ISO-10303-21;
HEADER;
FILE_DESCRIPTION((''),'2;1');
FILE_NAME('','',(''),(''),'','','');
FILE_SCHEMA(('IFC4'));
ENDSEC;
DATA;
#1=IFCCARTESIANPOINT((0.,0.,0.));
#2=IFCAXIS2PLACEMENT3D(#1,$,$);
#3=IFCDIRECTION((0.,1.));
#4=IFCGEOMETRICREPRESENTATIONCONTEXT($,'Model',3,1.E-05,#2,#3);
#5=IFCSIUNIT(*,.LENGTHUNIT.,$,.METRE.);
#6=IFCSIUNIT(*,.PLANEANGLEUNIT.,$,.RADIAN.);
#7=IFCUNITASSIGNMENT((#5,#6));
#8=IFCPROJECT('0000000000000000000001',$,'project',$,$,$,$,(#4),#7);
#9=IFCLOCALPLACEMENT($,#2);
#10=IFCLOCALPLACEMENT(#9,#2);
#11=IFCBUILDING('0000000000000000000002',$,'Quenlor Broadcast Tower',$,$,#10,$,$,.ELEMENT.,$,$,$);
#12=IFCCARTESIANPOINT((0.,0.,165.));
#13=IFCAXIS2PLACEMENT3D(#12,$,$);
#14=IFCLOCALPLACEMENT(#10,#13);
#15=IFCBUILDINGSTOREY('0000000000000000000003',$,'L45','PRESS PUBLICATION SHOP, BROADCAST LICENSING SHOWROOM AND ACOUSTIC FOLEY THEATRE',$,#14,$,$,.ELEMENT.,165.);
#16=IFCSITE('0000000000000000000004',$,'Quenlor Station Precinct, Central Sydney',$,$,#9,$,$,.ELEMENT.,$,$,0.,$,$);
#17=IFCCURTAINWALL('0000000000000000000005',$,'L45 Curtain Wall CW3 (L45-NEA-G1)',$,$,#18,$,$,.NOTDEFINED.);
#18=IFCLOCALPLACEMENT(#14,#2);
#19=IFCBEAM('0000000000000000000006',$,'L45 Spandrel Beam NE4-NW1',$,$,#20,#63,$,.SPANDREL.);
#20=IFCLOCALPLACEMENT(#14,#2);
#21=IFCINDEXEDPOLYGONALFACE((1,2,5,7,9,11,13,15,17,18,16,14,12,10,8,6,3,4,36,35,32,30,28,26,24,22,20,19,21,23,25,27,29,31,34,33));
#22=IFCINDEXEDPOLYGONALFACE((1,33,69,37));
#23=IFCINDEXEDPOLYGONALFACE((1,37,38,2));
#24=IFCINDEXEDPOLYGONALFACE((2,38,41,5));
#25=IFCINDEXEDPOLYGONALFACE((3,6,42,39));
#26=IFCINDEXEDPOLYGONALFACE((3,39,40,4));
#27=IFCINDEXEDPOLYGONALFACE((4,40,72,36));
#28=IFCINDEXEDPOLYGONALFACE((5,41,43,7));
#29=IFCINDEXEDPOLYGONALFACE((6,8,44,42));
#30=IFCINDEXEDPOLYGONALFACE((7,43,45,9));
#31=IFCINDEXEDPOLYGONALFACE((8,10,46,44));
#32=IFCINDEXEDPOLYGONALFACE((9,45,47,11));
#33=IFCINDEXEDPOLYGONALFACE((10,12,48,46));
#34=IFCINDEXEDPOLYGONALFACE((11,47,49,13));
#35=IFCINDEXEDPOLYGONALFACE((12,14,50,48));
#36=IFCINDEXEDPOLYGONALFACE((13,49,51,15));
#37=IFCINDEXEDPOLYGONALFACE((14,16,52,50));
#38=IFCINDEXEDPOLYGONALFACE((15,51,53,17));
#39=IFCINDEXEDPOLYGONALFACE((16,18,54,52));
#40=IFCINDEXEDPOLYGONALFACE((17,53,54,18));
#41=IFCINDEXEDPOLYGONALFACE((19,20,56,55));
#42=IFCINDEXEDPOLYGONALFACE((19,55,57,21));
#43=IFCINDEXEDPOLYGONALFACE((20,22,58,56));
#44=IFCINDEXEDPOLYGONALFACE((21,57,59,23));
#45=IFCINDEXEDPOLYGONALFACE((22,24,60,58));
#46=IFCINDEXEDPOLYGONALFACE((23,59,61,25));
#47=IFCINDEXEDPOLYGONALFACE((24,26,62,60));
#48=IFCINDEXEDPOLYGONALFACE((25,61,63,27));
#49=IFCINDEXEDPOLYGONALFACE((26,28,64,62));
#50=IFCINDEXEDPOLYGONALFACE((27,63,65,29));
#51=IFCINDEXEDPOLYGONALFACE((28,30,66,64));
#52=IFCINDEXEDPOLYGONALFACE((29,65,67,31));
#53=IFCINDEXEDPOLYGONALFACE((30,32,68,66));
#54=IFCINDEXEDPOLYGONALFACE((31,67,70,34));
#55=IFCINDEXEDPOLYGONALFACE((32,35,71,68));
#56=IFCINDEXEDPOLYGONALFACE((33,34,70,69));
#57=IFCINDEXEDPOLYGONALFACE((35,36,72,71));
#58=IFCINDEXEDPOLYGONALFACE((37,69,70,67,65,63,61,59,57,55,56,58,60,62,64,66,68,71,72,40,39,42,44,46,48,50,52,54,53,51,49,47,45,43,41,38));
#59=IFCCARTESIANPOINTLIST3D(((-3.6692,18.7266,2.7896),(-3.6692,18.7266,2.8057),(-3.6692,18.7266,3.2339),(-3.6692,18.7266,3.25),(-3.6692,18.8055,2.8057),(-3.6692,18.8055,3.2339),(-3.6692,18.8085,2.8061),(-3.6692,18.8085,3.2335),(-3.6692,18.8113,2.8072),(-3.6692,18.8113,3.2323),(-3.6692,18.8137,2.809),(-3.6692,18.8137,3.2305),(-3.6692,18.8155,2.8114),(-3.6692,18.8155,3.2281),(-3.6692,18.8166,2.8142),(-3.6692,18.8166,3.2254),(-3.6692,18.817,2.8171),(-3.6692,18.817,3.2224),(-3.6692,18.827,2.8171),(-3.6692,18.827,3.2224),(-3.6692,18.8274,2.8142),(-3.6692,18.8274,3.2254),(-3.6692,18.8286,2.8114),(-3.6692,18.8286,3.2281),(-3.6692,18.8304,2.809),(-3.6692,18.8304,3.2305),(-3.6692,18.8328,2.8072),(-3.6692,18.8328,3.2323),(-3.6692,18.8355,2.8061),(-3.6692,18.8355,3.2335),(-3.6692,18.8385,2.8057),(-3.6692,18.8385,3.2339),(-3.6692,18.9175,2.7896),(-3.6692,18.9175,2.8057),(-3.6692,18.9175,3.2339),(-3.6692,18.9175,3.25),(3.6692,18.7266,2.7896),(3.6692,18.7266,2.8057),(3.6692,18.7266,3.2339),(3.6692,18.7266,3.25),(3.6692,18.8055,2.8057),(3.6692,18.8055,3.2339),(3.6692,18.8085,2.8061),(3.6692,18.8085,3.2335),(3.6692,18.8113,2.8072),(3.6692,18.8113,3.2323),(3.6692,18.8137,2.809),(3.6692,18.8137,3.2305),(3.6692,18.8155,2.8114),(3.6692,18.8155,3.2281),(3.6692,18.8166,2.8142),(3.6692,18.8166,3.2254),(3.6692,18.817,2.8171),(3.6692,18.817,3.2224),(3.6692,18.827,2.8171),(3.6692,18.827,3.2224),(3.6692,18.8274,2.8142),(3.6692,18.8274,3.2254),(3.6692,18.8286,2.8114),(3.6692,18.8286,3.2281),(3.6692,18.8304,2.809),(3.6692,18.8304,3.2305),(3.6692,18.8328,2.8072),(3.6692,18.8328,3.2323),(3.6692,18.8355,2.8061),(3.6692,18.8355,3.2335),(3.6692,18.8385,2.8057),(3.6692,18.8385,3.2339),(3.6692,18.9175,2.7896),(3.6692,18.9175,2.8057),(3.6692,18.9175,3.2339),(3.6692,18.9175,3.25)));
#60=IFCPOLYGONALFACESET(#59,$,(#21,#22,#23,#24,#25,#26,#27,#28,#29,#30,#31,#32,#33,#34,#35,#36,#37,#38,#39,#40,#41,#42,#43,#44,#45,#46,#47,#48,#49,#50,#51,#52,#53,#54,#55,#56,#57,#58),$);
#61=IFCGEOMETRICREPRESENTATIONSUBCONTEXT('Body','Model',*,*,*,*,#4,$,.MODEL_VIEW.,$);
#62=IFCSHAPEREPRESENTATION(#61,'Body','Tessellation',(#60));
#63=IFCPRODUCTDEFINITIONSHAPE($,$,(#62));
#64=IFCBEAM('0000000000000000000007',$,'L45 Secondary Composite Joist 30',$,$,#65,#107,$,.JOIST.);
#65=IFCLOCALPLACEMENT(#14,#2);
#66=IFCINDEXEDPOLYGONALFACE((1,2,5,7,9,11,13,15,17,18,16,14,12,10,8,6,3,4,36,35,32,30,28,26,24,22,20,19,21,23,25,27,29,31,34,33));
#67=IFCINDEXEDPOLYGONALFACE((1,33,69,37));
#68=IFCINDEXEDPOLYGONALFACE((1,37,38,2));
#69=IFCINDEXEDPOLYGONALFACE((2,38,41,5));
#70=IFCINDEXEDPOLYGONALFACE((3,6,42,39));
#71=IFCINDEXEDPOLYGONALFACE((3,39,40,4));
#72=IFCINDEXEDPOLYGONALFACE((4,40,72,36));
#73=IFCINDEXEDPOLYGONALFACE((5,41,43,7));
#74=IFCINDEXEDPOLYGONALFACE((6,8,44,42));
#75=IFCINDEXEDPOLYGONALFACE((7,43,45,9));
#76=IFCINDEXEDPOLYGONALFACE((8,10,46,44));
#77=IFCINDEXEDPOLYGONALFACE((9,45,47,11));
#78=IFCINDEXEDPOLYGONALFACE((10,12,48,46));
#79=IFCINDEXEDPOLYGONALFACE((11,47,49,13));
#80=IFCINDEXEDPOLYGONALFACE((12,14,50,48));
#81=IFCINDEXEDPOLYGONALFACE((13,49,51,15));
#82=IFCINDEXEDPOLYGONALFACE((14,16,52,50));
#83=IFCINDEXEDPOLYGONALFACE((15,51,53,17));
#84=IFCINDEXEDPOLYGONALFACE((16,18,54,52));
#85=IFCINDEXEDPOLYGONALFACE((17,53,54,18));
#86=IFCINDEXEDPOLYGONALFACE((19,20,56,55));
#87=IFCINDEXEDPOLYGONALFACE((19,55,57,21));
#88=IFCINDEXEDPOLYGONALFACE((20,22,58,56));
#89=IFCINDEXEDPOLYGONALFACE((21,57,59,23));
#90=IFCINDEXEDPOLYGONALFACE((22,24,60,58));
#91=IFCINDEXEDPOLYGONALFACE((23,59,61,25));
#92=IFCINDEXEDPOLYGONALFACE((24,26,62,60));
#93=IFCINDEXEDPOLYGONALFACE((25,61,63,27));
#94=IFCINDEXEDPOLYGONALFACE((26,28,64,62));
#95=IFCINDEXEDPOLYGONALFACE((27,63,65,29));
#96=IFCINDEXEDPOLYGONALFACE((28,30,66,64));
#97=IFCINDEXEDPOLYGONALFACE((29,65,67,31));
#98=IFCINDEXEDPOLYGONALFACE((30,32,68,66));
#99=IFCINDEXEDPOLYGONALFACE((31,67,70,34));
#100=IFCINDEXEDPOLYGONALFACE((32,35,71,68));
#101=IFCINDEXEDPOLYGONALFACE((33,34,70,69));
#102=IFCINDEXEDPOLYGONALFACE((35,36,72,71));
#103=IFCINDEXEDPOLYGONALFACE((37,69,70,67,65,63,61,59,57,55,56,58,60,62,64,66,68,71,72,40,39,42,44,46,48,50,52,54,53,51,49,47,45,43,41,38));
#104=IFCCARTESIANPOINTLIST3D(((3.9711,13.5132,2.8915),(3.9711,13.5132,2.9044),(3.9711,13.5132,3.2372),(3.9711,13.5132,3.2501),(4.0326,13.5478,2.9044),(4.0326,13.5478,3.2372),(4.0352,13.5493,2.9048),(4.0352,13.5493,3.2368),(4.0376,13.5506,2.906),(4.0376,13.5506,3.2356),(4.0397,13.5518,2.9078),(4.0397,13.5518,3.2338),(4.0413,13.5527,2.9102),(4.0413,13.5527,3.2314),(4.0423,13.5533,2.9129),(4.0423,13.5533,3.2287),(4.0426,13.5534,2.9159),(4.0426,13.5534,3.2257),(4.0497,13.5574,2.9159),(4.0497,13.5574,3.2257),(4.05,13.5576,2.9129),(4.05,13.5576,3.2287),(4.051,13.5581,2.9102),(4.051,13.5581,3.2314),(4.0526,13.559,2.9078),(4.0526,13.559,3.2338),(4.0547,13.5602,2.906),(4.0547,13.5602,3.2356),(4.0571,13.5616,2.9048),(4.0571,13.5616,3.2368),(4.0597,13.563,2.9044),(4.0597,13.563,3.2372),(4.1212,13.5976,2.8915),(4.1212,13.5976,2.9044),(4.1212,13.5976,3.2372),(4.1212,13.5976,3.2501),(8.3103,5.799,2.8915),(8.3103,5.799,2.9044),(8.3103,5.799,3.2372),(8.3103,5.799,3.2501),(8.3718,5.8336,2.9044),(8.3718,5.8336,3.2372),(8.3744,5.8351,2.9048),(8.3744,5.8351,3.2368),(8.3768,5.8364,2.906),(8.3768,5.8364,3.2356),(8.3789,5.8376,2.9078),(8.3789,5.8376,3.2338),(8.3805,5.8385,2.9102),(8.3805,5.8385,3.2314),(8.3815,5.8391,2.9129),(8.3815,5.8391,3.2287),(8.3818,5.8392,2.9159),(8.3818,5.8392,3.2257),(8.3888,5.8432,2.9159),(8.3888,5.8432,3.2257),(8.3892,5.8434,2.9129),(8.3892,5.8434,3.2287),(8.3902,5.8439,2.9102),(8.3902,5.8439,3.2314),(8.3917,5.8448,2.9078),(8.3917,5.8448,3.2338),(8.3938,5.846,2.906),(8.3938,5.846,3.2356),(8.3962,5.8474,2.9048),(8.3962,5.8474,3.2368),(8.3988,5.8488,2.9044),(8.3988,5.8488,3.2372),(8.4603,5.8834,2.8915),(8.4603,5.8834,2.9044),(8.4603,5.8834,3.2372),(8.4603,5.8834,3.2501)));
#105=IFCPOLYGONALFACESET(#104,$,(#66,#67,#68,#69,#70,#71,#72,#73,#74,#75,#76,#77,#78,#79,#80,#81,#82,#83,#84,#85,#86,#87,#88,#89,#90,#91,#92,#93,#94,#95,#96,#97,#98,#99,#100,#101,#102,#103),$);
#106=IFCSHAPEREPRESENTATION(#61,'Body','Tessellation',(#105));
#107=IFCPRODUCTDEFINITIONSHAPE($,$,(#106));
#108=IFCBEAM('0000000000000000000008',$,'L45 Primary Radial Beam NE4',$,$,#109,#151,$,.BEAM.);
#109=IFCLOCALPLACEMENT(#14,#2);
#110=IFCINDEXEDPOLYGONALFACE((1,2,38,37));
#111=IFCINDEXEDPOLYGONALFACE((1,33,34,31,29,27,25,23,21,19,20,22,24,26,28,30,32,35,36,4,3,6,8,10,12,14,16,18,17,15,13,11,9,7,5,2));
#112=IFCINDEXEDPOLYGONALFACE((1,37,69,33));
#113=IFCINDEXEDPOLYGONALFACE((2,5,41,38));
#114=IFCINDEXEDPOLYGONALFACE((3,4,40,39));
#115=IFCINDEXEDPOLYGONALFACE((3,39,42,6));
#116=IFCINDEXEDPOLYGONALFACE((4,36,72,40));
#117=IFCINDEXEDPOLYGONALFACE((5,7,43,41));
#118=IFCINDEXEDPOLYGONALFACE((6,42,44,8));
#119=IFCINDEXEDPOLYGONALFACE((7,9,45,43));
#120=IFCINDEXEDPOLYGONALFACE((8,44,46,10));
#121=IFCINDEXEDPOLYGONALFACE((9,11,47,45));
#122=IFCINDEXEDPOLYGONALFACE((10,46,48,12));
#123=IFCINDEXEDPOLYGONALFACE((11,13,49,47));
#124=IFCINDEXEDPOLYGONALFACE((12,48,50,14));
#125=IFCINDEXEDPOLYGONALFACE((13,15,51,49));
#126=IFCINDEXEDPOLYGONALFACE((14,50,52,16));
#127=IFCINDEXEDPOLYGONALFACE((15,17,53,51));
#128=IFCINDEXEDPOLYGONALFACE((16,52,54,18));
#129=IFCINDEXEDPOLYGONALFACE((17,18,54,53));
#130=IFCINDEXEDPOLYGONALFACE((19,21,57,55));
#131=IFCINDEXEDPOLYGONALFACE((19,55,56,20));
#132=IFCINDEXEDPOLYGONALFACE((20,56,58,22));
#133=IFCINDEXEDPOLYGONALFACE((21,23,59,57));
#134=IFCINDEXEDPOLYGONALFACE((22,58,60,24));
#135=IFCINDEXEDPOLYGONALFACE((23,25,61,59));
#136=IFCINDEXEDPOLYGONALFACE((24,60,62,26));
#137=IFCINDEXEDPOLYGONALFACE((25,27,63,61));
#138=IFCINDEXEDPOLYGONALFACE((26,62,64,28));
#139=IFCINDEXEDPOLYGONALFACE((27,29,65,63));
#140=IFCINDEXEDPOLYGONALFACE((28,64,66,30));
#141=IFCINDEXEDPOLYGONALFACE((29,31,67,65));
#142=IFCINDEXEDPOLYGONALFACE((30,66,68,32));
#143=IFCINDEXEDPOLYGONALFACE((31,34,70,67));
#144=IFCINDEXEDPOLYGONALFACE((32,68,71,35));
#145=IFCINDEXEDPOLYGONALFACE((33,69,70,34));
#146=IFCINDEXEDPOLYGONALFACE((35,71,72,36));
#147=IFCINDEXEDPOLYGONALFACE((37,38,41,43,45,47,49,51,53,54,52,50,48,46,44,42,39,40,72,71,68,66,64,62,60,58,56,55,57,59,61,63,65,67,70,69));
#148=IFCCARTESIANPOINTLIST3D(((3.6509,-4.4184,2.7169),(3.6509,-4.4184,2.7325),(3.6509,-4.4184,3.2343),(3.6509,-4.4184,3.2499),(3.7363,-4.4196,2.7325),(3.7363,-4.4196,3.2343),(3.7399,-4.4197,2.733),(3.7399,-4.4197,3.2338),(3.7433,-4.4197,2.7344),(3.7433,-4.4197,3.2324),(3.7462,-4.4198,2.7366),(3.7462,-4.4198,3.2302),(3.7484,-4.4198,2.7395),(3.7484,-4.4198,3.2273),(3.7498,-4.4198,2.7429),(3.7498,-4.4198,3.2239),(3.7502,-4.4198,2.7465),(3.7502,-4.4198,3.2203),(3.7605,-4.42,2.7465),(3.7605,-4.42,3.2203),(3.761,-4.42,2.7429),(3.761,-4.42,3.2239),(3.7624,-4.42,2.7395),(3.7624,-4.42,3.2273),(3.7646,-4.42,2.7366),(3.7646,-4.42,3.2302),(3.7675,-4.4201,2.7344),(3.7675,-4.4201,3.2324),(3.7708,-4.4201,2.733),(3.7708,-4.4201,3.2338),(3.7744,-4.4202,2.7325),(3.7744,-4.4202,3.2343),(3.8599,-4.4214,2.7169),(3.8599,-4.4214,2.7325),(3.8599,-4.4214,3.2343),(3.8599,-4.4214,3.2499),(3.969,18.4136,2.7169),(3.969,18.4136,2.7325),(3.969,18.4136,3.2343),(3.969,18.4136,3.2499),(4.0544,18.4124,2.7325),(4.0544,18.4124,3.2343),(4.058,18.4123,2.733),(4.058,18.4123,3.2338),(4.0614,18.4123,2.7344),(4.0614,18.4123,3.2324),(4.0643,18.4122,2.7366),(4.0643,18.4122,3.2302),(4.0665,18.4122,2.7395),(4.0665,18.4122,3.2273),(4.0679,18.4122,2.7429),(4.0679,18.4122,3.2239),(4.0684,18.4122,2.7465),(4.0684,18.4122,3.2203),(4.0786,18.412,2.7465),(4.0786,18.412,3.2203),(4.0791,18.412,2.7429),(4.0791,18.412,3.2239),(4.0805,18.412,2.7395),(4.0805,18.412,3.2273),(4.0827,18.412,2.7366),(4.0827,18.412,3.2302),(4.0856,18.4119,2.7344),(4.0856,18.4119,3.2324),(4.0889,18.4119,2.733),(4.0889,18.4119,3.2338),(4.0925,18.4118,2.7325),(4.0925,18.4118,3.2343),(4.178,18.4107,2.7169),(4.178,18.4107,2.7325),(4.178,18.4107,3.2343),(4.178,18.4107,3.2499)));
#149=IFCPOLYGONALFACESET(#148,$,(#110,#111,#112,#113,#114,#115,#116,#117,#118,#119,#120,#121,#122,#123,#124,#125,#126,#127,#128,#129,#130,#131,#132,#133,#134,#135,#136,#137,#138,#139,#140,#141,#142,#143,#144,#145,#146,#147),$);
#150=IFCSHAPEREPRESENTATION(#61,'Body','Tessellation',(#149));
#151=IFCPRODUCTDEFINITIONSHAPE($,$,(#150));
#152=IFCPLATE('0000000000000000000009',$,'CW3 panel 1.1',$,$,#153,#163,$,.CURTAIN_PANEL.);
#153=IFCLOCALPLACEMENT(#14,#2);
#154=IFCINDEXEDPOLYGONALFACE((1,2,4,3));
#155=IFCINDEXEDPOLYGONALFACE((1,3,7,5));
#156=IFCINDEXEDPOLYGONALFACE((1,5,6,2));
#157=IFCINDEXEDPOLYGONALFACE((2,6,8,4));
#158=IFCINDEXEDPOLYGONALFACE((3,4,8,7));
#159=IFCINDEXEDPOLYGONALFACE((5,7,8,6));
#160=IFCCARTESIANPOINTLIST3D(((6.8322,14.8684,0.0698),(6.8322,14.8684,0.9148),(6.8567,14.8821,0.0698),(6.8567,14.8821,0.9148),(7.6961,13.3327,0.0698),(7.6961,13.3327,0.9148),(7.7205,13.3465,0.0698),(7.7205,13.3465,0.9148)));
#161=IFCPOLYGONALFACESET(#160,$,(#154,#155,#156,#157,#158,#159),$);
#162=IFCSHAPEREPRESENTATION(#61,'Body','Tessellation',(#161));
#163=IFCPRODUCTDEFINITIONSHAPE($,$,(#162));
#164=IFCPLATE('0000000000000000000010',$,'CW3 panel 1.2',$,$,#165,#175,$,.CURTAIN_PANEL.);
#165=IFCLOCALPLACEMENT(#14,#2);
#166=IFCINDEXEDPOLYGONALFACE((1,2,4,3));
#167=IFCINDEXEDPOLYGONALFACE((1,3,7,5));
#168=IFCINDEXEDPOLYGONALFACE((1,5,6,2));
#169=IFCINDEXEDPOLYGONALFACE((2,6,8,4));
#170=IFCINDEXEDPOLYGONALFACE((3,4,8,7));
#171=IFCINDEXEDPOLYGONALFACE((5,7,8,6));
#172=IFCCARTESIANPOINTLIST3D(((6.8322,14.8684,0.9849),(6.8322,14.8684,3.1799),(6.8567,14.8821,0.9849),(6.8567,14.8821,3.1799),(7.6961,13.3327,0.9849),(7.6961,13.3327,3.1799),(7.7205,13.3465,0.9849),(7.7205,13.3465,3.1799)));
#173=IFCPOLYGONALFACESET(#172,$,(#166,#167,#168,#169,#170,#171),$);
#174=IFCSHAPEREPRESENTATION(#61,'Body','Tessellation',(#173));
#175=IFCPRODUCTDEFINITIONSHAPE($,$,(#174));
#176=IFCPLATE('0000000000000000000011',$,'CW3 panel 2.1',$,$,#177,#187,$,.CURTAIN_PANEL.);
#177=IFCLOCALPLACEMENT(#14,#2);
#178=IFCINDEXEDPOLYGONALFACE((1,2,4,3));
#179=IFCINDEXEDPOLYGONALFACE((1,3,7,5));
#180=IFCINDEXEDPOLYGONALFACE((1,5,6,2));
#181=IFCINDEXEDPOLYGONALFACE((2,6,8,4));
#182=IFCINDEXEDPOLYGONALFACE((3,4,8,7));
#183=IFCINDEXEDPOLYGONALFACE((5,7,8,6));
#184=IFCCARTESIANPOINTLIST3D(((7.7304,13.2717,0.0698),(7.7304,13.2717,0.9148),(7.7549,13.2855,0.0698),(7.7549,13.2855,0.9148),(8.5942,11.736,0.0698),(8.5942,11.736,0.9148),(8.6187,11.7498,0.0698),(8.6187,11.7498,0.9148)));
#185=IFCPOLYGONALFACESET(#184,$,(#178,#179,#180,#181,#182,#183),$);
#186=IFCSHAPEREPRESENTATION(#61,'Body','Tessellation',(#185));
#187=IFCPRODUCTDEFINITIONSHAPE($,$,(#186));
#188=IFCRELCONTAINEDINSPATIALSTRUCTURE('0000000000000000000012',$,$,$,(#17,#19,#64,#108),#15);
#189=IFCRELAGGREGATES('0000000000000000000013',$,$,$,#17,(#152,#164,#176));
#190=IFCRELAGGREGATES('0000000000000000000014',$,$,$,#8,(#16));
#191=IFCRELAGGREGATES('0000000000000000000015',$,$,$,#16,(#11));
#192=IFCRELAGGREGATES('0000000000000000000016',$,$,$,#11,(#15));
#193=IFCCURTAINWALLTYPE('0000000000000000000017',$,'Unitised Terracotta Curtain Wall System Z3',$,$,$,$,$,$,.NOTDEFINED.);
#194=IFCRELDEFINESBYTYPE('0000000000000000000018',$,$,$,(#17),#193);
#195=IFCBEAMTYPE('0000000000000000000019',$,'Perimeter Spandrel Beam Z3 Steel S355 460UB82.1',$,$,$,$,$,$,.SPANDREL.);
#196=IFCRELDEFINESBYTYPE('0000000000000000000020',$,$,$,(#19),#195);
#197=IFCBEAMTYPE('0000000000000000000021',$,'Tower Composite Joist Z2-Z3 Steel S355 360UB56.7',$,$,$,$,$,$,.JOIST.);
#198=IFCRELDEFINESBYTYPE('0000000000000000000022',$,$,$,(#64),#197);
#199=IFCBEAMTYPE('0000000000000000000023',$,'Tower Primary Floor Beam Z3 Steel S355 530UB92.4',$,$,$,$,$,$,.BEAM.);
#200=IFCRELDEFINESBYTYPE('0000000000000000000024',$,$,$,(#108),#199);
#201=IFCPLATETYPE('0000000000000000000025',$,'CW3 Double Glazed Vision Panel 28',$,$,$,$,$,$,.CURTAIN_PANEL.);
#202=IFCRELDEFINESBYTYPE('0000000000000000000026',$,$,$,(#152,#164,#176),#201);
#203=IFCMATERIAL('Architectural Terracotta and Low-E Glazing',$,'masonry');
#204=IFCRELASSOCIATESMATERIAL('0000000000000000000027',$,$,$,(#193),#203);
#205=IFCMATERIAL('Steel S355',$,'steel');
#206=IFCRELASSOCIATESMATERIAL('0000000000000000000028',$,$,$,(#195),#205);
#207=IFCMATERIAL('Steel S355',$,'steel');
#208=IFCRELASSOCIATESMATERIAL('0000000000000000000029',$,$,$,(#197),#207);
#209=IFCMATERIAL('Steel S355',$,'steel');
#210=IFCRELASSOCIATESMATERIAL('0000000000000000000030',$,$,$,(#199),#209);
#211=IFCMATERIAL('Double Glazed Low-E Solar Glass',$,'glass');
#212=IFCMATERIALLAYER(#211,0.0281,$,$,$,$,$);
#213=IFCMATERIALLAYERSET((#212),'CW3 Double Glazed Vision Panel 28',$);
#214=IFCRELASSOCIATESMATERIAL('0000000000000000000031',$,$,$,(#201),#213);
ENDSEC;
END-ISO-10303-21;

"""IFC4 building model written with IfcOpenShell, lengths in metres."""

from ifc_helpers import new_model, si_unit, direction, frame, origin, origin_2d, place, context, subcontext, project, spatial, rectangle, i_section, extrude, material, layer, layer_set, material_profile, profile_set, type_object, element, aggregate, save


model = new_model("IFC4")

# Units and contexts
model_context = context("Model", 3, precision=1e-05, world=origin(), true_north=direction((0.0, 1.0)))
body_context = subcontext(model_context, "Body", "Model", "MODEL_VIEW")
ifc_project = project(units=[si_unit("LENGTHUNIT", "METRE"), si_unit("PLANEANGLEUNIT", "RADIAN")], contexts=[model_context])

# Site, building, storey
site_placement = place(None, origin())
site = spatial("IfcSite", under=ifc_project, at=site_placement, Name="Quenlor Station Precinct, Central Sydney", CompositionType="ELEMENT", RefElevation=0.0)
building_placement = place(site_placement, origin())
building = spatial("IfcBuilding", under=site, at=building_placement, Name="Quenlor Broadcast Tower", CompositionType="ELEMENT")
storey_placement = place(building_placement, frame((0.0, 0.0, 165.0)))
storey = spatial("IfcBuildingStorey", under=building, at=storey_placement, Name="L45", Description="PRESS PUBLICATION SHOP, BROADCAST LICENSING SHOWROOM AND ACOUSTIC FOLEY THEATRE", CompositionType="ELEMENT", Elevation=165.0)

# Curtain wall
ifc_material_1 = material(Name="Architectural Terracotta and Low-E Glazing", Category="masonry")
curtain_wall_type = type_object("IfcCurtainWallType", Name="Unitised Terracotta Curtain Wall System Z3", PredefinedType="NOTDEFINED", material=ifc_material_1)
curtain_wall_placement = place(storey_placement, origin())
curtain_wall = element("IfcCurtainWall", 1, at=curtain_wall_placement, inside=storey, type_object=curtain_wall_type, Name="L45 Curtain Wall CW3 (L45-NEA-G1)", PredefinedType="NOTDEFINED")

# Beams
ifc_material_2 = material(Name="Steel S355", Category="steel")
ifc_material_profile_1 = material_profile(ifc_material_2, i_section(OverallWidth=0.1909, OverallDepth=0.4604, WebThickness=0.01, FlangeThickness=0.0161, FilletRadius=0.0115, at=origin_2d()))
ifc_profile_set_1 = profile_set([ifc_material_profile_1], Name="Steel S355 460UB82.1")
beam_type_1 = type_object("IfcBeamType", Name="Perimeter Spandrel Beam Z3 Steel S355 460UB82.1", PredefinedType="SPANDREL", material=ifc_profile_set_1)
beam_1_placement = place(storey_placement, frame((3.6692, 18.822, 3.0198), z_axis=(-1.0, 0.0, 0.0), x_axis=(0.0, -1.0, 0.0)))
element("IfcBeam", 2, at=beam_1_placement, inside=storey, type_object=beam_type_1, Name="L45 Spandrel Beam NE4-NW1", PredefinedType="SPANDREL", context=body_context, shape_type="SweptSolid", body=[
    extrude(i_section(OverallWidth=0.1909, OverallDepth=0.4604, WebThickness=0.01, FlangeThickness=0.0161, FilletRadius=0.0115, at=origin_2d()), origin(), (0.0, 0.0, 1.0), 7.3384),
])
ifc_material_3 = material(Name="Steel S355", Category="steel")
ifc_material_profile_2 = material_profile(ifc_material_3, i_section(OverallWidth=0.1721, OverallDepth=0.3586, WebThickness=0.0081, FlangeThickness=0.0129, FilletRadius=0.0115, at=origin_2d()))
ifc_profile_set_2 = profile_set([ifc_material_profile_2], Name="Steel S355 360UB56.7")
beam_type_2 = type_object("IfcBeamType", Name="Tower Composite Joist Z2-Z3 Steel S355 360UB56.7", PredefinedType="JOIST", material=ifc_profile_set_2)
beam_2_placement = place(storey_placement, frame((4.0461, 13.5554, 3.0708), z_axis=(0.490255, -0.871579, 0.0), x_axis=(0.871579, 0.490255, 0.0)))
element("IfcBeam", 3, at=beam_2_placement, inside=storey, type_object=beam_type_2, Name="L45 Secondary Composite Joist 30", PredefinedType="JOIST", context=body_context, shape_type="SweptSolid", body=[
    extrude(i_section(OverallWidth=0.1721, OverallDepth=0.3586, WebThickness=0.0081, FlangeThickness=0.0129, FilletRadius=0.0115, at=origin_2d()), origin(), (0.0, 0.0, 1.0), 8.8508),
])
ifc_material_4 = material(Name="Steel S355", Category="steel")
ifc_material_profile_3 = material_profile(ifc_material_4, i_section(OverallWidth=0.209, OverallDepth=0.533, WebThickness=0.0103, FlangeThickness=0.0156, FilletRadius=0.0139, at=origin_2d()))
ifc_profile_set_3 = profile_set([ifc_material_profile_3], Name="Steel S355 530UB92.4")
beam_type_3 = type_object("IfcBeamType", Name="Tower Primary Floor Beam Z3 Steel S355 530UB92.4", PredefinedType="BEAM", material=ifc_profile_set_3)
beam_3_placement = place(storey_placement, frame((4.0735, 18.4121, 2.9834), z_axis=(-0.013931, -0.999903, 0.0), x_axis=(0.999903, -0.013931, 0.0)))
element("IfcBeam", 4, at=beam_3_placement, inside=storey, type_object=beam_type_3, Name="L45 Primary Radial Beam NE4", PredefinedType="BEAM", context=body_context, shape_type="SweptSolid", body=[
    extrude(i_section(OverallWidth=0.209, OverallDepth=0.533, WebThickness=0.0103, FlangeThickness=0.0156, FilletRadius=0.0139, at=origin_2d()), origin(), (0.0, 0.0, 1.0), 22.8342),
])

# Plates
ifc_material_5 = material(Name="Double Glazed Low-E Solar Glass", Category="glass")
ifc_layer_1 = layer(ifc_material_5, 0.0281)
ifc_layer_set_1 = layer_set([ifc_layer_1], Name="CW3 Double Glazed Vision Panel 28")
plate_type_1 = type_object("IfcPlateType", Name="CW3 Double Glazed Vision Panel 28", PredefinedType="CURTAIN_PANEL", material=ifc_layer_set_1)
plate_1_placement = place(storey_placement, frame((7.2764, 14.1074, 0.0698), z_axis=(0.0, 0.0, 1.0), x_axis=(0.49027, -0.871571, 0.0)))
plate_1 = element("IfcPlate", 5, at=plate_1_placement, type_object=plate_type_1, Name="CW3 panel 1.1", PredefinedType="CURTAIN_PANEL", context=body_context, shape_type="SweptSolid", body=[
    extrude(rectangle(XDim=1.762, YDim=0.0281, at=origin_2d()), origin(), (0.0, 0.0, 1.0), 0.845),
])
plate_2_placement = place(storey_placement, frame((7.2764, 14.1074, 0.9849), z_axis=(0.0, 0.0, 1.0), x_axis=(0.49027, -0.871571, 0.0)))
plate_2 = element("IfcPlate", 6, at=plate_2_placement, type_object=plate_type_1, Name="CW3 panel 1.2", PredefinedType="CURTAIN_PANEL", context=body_context, shape_type="SweptSolid", body=[
    extrude(rectangle(XDim=1.762, YDim=0.0281, at=origin_2d()), origin(), (0.0, 0.0, 1.0), 2.1951),
])
plate_3_placement = place(storey_placement, frame((8.1746, 12.5107, 0.0698), z_axis=(0.0, 0.0, 1.0), x_axis=(0.49027, -0.871571, 0.0)))
plate_3 = element("IfcPlate", 7, at=plate_3_placement, type_object=plate_type_1, Name="CW3 panel 2.1", PredefinedType="CURTAIN_PANEL", context=body_context, shape_type="SweptSolid", body=[
    extrude(rectangle(XDim=1.762, YDim=0.0281, at=origin_2d()), origin(), (0.0, 0.0, 1.0), 0.845),
])
aggregate(curtain_wall, [plate_1, plate_2, plate_3])

save(model, "model.ifc")
